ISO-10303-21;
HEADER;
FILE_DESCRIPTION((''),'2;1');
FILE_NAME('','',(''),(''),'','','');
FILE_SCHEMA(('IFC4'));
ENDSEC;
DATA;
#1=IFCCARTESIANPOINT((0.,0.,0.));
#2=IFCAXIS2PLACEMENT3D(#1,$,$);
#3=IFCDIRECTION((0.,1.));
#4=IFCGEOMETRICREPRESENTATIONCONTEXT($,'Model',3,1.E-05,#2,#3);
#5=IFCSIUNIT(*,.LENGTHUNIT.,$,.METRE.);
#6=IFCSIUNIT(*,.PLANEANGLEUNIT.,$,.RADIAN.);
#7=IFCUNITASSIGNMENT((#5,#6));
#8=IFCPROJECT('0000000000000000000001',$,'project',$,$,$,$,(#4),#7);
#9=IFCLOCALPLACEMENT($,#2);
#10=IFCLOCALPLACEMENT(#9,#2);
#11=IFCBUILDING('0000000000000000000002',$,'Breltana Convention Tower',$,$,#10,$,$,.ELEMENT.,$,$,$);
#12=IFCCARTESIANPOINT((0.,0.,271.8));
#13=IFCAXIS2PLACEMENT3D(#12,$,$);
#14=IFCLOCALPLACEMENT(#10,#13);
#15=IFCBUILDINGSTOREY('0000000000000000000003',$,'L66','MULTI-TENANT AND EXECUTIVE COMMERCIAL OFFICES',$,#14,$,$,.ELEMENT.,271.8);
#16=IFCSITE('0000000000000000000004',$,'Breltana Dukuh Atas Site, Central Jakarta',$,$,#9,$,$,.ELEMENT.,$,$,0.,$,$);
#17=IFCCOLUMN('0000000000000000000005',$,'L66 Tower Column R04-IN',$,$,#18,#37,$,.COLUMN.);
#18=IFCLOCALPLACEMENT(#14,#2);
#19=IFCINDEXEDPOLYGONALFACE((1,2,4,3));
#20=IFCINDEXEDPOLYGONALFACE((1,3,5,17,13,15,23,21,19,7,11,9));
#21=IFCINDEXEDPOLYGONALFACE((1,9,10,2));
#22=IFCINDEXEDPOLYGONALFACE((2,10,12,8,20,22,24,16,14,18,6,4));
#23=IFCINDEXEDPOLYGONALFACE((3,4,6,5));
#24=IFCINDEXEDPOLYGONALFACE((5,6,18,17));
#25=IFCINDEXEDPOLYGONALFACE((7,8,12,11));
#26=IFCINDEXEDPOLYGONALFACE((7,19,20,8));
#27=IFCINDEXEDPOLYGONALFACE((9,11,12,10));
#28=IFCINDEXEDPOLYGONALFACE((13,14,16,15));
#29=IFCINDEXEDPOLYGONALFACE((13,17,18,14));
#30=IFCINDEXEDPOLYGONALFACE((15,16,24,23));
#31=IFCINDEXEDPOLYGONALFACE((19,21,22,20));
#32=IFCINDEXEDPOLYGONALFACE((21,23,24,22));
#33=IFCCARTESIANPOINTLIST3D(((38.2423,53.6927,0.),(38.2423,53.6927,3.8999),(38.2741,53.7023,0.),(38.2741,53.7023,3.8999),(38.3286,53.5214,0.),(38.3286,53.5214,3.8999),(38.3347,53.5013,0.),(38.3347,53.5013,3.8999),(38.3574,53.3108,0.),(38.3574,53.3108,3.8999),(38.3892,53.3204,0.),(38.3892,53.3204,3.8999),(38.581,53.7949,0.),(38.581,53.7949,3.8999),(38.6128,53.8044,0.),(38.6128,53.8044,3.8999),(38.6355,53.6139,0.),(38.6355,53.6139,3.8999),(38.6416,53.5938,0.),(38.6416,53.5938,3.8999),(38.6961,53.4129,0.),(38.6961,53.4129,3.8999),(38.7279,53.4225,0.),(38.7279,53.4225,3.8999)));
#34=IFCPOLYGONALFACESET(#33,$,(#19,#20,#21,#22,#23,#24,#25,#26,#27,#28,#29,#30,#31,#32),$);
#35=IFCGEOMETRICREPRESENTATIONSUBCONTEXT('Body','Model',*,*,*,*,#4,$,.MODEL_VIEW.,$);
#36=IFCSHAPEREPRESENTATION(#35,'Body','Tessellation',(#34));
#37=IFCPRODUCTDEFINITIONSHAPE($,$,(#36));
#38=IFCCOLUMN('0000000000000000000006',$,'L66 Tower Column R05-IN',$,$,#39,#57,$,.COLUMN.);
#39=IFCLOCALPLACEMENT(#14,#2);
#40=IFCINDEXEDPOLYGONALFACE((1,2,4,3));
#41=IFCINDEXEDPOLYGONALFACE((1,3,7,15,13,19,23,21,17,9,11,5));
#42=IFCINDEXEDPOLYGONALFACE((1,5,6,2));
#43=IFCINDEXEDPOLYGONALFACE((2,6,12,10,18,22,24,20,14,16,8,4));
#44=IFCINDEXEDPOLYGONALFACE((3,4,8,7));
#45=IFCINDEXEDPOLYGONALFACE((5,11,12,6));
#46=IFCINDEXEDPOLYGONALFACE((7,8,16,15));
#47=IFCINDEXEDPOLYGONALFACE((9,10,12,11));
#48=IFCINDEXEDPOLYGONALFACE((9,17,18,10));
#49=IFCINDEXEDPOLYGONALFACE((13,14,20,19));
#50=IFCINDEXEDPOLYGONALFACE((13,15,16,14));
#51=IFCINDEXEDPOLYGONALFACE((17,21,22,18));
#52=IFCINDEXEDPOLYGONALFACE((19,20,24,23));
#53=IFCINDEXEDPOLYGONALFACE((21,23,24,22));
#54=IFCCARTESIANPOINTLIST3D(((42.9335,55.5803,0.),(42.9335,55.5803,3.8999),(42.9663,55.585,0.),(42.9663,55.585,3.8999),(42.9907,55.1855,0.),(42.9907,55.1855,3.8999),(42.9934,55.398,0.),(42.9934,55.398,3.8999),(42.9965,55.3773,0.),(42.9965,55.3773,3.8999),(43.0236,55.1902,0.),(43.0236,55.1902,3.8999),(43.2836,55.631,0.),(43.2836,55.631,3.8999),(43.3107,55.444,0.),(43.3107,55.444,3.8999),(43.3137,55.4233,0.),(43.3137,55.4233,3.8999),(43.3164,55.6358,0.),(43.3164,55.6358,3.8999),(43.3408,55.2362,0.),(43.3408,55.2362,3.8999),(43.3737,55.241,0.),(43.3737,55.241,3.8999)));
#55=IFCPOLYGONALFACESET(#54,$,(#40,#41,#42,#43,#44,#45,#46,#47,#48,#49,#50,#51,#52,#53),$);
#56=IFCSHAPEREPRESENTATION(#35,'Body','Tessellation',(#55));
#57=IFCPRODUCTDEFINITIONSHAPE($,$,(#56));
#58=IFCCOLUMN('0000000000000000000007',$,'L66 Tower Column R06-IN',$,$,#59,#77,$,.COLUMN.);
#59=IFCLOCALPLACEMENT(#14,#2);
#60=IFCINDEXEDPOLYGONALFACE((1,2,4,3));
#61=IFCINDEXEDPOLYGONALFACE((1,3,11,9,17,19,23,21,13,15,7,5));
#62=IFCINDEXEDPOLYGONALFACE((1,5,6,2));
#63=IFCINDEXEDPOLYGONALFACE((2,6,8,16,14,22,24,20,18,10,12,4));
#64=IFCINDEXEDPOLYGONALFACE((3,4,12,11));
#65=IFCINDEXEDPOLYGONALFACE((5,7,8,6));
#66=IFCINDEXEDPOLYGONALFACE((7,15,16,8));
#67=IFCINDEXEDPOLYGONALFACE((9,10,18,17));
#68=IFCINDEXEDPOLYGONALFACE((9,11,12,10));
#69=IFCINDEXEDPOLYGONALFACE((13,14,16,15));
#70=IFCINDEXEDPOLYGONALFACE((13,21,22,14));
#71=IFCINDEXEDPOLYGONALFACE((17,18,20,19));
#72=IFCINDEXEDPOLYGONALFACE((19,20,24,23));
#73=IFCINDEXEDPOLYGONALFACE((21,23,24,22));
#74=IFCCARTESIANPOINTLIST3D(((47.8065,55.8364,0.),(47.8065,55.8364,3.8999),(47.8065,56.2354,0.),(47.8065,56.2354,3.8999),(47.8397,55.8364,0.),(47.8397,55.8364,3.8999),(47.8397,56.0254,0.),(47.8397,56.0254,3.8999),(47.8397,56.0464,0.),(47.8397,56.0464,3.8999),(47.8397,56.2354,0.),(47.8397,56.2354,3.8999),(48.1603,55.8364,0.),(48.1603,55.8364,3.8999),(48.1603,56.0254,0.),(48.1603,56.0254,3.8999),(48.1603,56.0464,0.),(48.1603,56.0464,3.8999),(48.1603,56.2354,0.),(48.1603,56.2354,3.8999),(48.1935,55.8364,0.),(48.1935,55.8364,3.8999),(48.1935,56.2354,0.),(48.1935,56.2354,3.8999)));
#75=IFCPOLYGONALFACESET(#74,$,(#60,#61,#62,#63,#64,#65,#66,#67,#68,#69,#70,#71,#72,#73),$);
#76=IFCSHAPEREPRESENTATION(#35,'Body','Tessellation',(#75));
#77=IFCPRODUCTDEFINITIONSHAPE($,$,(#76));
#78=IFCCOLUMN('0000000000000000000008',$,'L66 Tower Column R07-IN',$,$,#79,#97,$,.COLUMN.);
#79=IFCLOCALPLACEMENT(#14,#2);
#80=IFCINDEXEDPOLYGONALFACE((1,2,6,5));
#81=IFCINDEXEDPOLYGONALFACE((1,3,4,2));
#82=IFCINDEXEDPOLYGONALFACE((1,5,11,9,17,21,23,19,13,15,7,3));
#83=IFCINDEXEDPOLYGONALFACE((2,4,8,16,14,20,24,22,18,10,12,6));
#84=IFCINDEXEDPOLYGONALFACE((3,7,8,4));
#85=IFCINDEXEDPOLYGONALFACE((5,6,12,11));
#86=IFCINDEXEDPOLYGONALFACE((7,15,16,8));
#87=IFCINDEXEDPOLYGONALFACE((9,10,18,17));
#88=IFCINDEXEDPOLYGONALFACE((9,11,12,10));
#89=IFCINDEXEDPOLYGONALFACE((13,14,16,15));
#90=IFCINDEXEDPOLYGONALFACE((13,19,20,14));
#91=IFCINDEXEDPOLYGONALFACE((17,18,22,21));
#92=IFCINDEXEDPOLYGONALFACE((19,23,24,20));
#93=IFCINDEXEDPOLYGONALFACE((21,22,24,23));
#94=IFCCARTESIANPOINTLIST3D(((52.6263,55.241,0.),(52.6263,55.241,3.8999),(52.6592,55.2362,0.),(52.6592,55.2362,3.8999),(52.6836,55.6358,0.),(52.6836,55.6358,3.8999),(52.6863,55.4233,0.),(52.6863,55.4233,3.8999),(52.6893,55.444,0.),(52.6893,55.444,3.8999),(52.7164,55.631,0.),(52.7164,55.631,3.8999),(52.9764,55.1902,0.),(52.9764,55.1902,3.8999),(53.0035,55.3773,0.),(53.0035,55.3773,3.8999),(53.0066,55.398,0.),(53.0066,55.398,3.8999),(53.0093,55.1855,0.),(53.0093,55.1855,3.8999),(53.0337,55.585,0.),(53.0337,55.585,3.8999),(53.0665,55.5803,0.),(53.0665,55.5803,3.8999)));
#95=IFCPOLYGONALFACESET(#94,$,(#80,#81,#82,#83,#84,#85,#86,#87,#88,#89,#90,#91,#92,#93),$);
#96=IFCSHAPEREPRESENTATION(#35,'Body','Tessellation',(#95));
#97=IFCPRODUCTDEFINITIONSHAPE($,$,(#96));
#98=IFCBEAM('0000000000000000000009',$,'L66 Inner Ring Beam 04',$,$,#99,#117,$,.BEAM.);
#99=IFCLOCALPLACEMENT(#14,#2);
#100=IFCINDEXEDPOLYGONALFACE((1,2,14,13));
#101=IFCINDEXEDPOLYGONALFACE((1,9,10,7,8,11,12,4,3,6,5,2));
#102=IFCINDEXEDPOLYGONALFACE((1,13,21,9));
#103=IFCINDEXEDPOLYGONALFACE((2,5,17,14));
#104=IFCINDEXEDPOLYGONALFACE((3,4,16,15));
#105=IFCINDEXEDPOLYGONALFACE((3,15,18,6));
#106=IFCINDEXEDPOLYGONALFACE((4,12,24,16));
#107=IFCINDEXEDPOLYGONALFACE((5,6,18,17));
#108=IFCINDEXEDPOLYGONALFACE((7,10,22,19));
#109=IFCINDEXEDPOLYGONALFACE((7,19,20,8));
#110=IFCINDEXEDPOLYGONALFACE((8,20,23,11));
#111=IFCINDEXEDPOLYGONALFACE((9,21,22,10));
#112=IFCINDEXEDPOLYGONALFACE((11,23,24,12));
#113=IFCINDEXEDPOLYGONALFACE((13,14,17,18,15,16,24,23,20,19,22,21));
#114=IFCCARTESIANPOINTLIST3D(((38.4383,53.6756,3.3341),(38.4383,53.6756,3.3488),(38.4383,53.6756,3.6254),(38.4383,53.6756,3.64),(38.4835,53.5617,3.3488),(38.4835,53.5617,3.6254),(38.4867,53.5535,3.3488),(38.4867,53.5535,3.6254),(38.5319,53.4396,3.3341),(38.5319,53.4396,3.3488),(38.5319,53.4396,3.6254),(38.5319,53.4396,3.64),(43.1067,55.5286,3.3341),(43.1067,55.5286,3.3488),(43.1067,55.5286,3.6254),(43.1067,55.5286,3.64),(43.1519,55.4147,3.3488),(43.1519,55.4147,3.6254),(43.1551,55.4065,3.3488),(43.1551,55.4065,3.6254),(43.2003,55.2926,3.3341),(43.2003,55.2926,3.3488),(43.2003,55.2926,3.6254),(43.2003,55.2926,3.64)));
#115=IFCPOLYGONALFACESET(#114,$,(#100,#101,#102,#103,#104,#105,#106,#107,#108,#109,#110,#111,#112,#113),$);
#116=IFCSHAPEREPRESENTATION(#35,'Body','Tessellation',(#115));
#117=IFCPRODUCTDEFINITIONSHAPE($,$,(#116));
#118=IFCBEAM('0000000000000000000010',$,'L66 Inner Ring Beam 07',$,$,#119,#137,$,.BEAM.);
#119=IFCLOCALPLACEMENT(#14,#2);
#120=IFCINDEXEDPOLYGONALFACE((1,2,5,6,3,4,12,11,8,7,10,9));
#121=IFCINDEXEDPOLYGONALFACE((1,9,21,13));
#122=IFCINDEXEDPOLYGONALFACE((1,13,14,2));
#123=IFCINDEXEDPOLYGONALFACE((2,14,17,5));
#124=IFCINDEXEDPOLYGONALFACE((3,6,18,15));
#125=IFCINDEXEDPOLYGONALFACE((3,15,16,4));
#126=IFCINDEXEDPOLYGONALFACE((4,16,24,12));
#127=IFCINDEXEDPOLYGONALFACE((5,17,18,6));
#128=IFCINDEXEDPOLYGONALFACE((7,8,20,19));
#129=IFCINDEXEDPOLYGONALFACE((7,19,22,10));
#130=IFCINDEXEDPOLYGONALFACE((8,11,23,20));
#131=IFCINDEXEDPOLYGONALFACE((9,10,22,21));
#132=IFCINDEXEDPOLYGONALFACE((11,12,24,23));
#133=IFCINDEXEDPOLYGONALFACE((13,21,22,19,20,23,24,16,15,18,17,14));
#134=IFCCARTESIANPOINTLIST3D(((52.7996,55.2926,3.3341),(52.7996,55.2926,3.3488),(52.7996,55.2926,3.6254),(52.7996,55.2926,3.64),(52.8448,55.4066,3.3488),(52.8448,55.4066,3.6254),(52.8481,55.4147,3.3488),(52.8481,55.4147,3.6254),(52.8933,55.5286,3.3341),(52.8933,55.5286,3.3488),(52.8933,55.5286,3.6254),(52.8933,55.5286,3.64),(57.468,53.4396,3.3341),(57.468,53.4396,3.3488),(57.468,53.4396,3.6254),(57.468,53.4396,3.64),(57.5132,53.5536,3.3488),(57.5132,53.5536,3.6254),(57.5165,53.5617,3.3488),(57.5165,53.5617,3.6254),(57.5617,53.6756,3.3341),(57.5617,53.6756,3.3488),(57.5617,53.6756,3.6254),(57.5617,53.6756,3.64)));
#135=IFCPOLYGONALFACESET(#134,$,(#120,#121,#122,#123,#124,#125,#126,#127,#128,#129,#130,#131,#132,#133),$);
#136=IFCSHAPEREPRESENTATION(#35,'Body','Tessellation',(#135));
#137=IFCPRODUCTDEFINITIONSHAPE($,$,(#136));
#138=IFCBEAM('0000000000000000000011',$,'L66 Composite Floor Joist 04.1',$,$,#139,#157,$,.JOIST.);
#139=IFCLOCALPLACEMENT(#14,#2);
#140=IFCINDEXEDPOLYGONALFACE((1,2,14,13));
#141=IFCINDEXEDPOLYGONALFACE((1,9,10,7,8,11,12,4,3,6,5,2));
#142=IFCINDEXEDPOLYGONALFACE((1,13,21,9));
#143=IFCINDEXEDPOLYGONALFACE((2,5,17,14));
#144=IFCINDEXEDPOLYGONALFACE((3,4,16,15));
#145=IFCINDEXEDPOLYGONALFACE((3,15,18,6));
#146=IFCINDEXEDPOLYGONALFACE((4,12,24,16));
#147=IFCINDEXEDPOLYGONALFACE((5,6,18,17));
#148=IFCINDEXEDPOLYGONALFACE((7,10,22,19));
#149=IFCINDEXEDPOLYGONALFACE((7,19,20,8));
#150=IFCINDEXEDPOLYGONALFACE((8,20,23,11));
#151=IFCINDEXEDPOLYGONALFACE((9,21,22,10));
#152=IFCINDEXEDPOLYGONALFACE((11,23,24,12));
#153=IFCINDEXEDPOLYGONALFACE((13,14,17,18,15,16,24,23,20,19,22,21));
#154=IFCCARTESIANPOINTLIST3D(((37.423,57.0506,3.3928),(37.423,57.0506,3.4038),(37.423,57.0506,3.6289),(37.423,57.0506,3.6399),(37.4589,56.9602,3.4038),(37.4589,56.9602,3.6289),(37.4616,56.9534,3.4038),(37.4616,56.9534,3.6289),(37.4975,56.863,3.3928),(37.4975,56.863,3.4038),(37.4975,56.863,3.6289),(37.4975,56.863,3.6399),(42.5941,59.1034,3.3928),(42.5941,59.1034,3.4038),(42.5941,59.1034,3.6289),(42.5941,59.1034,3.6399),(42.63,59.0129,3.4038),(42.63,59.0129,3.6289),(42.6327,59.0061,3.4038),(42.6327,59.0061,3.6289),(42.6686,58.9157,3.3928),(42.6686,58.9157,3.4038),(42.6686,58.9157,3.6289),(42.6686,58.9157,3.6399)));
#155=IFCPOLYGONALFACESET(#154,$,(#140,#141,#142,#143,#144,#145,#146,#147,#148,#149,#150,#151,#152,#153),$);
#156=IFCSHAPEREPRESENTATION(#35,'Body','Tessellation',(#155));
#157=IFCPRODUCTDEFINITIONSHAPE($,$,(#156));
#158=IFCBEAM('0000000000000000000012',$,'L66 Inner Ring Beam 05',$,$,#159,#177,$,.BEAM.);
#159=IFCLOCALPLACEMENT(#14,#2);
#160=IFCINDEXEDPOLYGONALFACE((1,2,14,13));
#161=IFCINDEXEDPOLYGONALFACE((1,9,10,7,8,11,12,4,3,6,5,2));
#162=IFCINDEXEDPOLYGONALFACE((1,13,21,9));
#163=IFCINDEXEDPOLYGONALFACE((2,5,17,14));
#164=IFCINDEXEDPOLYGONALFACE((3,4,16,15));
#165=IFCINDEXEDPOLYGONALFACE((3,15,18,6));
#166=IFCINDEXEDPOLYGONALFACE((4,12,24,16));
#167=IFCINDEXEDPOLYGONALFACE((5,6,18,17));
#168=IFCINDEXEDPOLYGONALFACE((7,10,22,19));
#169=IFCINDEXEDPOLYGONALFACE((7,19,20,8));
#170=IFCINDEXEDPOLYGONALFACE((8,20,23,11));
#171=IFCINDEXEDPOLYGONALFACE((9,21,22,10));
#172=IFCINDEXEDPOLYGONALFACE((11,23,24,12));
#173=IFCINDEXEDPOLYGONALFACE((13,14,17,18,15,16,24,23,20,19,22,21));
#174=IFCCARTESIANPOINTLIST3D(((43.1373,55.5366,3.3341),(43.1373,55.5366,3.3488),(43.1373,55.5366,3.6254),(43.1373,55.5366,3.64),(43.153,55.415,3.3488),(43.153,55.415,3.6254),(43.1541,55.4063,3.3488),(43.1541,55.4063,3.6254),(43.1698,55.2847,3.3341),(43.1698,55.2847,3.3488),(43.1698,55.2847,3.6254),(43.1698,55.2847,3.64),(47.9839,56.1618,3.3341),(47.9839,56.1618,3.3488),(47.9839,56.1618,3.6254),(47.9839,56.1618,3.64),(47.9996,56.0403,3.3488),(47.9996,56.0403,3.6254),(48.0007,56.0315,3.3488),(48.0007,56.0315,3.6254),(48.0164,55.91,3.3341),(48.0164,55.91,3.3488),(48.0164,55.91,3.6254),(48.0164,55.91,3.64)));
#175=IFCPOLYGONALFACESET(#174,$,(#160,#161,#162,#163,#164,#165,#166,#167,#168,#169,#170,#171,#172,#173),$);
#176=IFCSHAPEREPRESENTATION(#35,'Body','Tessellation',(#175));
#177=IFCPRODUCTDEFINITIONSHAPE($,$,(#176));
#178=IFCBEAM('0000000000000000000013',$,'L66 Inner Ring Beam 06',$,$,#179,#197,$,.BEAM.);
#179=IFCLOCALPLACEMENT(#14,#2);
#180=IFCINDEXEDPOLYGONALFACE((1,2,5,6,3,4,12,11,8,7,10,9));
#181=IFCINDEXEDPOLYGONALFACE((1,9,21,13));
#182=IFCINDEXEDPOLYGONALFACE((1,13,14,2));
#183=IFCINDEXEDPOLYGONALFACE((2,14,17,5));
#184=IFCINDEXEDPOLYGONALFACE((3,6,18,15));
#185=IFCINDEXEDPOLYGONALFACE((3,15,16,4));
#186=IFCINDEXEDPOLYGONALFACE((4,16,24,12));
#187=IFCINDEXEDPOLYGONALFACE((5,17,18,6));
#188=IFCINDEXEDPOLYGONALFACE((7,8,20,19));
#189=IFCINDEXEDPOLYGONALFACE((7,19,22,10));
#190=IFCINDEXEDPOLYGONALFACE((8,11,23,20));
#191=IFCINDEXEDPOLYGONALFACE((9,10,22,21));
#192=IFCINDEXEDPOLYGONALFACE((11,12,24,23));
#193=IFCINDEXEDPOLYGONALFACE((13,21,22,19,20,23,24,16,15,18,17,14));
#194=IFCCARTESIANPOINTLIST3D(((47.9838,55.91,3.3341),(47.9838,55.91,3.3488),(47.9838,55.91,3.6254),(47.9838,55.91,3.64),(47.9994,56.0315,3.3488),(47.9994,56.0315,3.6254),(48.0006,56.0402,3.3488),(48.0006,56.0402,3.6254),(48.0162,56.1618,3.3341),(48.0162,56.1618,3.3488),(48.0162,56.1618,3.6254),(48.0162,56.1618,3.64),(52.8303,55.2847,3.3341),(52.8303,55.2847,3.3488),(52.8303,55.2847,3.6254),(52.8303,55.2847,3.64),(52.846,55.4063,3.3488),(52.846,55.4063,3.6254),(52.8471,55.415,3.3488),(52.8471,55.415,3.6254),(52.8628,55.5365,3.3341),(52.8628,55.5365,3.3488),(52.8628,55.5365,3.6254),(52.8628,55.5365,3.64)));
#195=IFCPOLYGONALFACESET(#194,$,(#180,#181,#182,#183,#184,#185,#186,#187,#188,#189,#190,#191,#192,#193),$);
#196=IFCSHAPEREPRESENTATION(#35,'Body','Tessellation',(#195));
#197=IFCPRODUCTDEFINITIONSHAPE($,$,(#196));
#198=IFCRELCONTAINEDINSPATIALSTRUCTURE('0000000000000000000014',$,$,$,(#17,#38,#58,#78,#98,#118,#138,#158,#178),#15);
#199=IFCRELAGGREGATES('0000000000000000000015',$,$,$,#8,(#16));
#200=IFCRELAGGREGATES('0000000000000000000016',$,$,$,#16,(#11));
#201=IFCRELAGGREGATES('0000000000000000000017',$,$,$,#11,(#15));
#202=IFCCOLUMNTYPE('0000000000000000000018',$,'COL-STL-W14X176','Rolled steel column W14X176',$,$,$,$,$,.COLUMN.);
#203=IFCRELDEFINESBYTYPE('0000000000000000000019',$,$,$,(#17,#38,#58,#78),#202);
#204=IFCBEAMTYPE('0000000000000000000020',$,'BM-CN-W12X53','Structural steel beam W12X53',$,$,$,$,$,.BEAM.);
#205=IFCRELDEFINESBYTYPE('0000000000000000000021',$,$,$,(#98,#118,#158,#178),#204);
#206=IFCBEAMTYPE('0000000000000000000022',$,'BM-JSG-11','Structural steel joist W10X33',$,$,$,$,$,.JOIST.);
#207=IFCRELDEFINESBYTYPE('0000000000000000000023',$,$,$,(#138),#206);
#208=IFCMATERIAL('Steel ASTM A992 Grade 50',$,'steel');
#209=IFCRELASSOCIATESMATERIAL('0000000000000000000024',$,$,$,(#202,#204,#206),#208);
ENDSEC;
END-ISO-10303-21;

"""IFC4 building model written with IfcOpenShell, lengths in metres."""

from ifc_helpers import new_model, si_unit, direction, frame, origin, origin_2d, place, context, subcontext, project, spatial, i_section, extrude, source, transform, mapped, material, material_profile, profile_set, type_object, type_shapes, element, save


model = new_model("IFC4")

# Units and contexts
model_context = context("Model", 3, precision=1e-05, world=origin(), true_north=direction((0.0, 1.0)))
body_context = subcontext(model_context, "Body", "Model", "MODEL_VIEW")
ifc_project = project(units=[si_unit("LENGTHUNIT", "METRE"), si_unit("PLANEANGLEUNIT", "RADIAN")], contexts=[model_context])

# Site, building, storey
site_placement = place(None, origin())
site = spatial("IfcSite", under=ifc_project, at=site_placement, Name="Breltana Dukuh Atas Site, Central Jakarta", CompositionType="ELEMENT", RefElevation=0.0)
building_placement = place(site_placement, origin())
building = spatial("IfcBuilding", under=site, at=building_placement, Name="Breltana Convention Tower", CompositionType="ELEMENT")
storey_placement = place(building_placement, frame((0.0, 0.0, 271.8)))
storey = spatial("IfcBuildingStorey", under=building, at=storey_placement, Name="L66", Description="MULTI-TENANT AND EXECUTIVE COMMERCIAL OFFICES", CompositionType="ELEMENT", Elevation=271.8)

# Columns
ifc_material_1 = material(Name="Steel ASTM A992 Grade 50", Category="steel")
ifc_material_profile_1 = material_profile(ifc_material_1, i_section(OverallWidth=0.3989, OverallDepth=0.387, WebThickness=0.021, FlangeThickness=0.0332, at=origin_2d()), Name="W14X176")
ifc_profile_set_1 = profile_set([ifc_material_profile_1], Name="Steel ASTM A992 Grade 50")
column_type = type_object("IfcColumnType", Name="COL-STL-W14X176", Description="Rolled steel column W14X176", PredefinedType="COLUMN", material=ifc_profile_set_1)
shared_shape_1 = source(origin(), body_context, "Body", "SweptSolid", [
    extrude(i_section(OverallWidth=0.3989, OverallDepth=0.387, WebThickness=0.021, FlangeThickness=0.0332, at=origin_2d()), origin(), (0.0, 0.0, 1.0), 3.8999),
])
type_shapes(column_type, [shared_shape_1])
for number, where, z_axis, x_axis, name in (
    (1, (38.4851, 53.5576, 0.0), (0.0, 0.0, 1.0), (-0.288698, 0.95742, 0.0), "L66 Tower Column R04-IN"),
    (2, (43.1536, 55.4106, 0.0), (0.0, 0.0, 1.0), (-0.143493, 0.989651, 0.0), "L66 Tower Column R05-IN"),
    (3, (48.0, 56.0359, 0.0), (0.0, 0.0, 1.0), (0.0, 1.0, 0.0), "L66 Tower Column R06-IN"),
    (4, (52.8464, 55.4106, 0.0), (0.0, 0.0, 1.0), (0.143493, 0.989651, 0.0), "L66 Tower Column R07-IN"),
):
    element("IfcColumn", number, at=place(storey_placement, frame(where, z_axis=z_axis, x_axis=x_axis)), inside=storey, type_object=column_type, Name=name, PredefinedType="COLUMN", context=body_context, shape_type="MappedRepresentation", body=[
        mapped(shared_shape_1, transform((0.0, 0.0, 0.0), scale=1.0)),
    ])

# Beams
ifc_material_profile_2 = material_profile(ifc_material_1, i_section(OverallWidth=0.2539, OverallDepth=0.3059, WebThickness=0.0088, FlangeThickness=0.0146, at=origin_2d()), Name="W12X53")
ifc_profile_set_2 = profile_set([ifc_material_profile_2], Name="Steel ASTM A992 Grade 50")
beam_type_1 = type_object("IfcBeamType", Name="BM-CN-W12X53", Description="Structural steel beam W12X53", PredefinedType="BEAM", material=ifc_profile_set_2)
shared_shape_2 = source(origin(), body_context, "Body", "SweptSolid", [
    extrude(i_section(OverallWidth=0.2539, OverallDepth=0.3059, WebThickness=0.0088, FlangeThickness=0.0146, at=origin_2d()), origin(), (0.0, 0.0, 1.0), 5.0227),
])
for number, where, z_axis, x_axis, name in (
    (5, (38.4851, 53.5576, 3.4871), (0.929459, 0.368926, 0.0), (-0.368926, 0.929459, 0.0), "L66 Inner Ring Beam 04"),
    (6, (52.8464, 55.4106, 3.4871), (0.929459, -0.368926, 0.0), (0.368926, 0.929459, 0.0), "L66 Inner Ring Beam 07"),
):
    element("IfcBeam", number, at=place(storey_placement, frame(where, z_axis=z_axis, x_axis=x_axis)), inside=storey, type_object=beam_type_1, Name=name, PredefinedType="BEAM", context=body_context, shape_type="MappedRepresentation", body=[
        mapped(shared_shape_2, transform((0.0, 0.0, 0.0), scale=1.0)),
    ])
ifc_material_profile_3 = material_profile(ifc_material_1, i_section(OverallWidth=0.2019, OverallDepth=0.2471, WebThickness=0.0073, FlangeThickness=0.011, at=origin_2d()), Name="W10X33")
ifc_profile_set_3 = profile_set([ifc_material_profile_3], Name="Steel ASTM A992 Grade 50")
beam_type_2 = type_object("IfcBeamType", Name="BM-JSG-11", Description="Structural steel joist W10X33", PredefinedType="JOIST", material=ifc_profile_set_3)
shared_shape_3 = source(origin(), body_context, "Body", "SweptSolid", [
    extrude(i_section(OverallWidth=0.2019, OverallDepth=0.2471, WebThickness=0.0073, FlangeThickness=0.011, at=origin_2d()), origin(), (0.0, 0.0, 1.0), 5.5637),
])
beam_placement = place(storey_placement, frame((37.4602, 56.9568, 3.5164), z_axis=(0.929448, 0.368953, 0.0), x_axis=(-0.368953, 0.929448, 0.0)))
element("IfcBeam", 7, at=beam_placement, inside=storey, type_object=beam_type_2, Name="L66 Composite Floor Joist 04.1", PredefinedType="JOIST", context=body_context, shape_type="MappedRepresentation", body=[
    mapped(shared_shape_3, transform((0.0, 0.0, 0.0), scale=1.0)),
])
shared_shape_4 = source(origin(), body_context, "Body", "SweptSolid", [
    extrude(i_section(OverallWidth=0.2539, OverallDepth=0.3059, WebThickness=0.0088, FlangeThickness=0.0146, at=origin_2d()), origin(), (0.0, 0.0, 1.0), 4.8867),
])
for number, where, z_axis, x_axis, name in (
    (8, (43.1536, 55.4106, 3.4871), (0.991781, 0.127951, 0.0), (-0.127951, 0.991781, 0.0), "L66 Inner Ring Beam 05"),
    (9, (48.0, 56.0359, 3.4871), (0.991781, -0.127951, 0.0), (0.127951, 0.991781, 0.0), "L66 Inner Ring Beam 06"),
):
    element("IfcBeam", number, at=place(storey_placement, frame(where, z_axis=z_axis, x_axis=x_axis)), inside=storey, type_object=beam_type_1, Name=name, PredefinedType="BEAM", context=body_context, shape_type="MappedRepresentation", body=[
        mapped(shared_shape_4, transform((0.0, 0.0, 0.0), scale=1.0)),
    ])

save(model, "model.ifc")
